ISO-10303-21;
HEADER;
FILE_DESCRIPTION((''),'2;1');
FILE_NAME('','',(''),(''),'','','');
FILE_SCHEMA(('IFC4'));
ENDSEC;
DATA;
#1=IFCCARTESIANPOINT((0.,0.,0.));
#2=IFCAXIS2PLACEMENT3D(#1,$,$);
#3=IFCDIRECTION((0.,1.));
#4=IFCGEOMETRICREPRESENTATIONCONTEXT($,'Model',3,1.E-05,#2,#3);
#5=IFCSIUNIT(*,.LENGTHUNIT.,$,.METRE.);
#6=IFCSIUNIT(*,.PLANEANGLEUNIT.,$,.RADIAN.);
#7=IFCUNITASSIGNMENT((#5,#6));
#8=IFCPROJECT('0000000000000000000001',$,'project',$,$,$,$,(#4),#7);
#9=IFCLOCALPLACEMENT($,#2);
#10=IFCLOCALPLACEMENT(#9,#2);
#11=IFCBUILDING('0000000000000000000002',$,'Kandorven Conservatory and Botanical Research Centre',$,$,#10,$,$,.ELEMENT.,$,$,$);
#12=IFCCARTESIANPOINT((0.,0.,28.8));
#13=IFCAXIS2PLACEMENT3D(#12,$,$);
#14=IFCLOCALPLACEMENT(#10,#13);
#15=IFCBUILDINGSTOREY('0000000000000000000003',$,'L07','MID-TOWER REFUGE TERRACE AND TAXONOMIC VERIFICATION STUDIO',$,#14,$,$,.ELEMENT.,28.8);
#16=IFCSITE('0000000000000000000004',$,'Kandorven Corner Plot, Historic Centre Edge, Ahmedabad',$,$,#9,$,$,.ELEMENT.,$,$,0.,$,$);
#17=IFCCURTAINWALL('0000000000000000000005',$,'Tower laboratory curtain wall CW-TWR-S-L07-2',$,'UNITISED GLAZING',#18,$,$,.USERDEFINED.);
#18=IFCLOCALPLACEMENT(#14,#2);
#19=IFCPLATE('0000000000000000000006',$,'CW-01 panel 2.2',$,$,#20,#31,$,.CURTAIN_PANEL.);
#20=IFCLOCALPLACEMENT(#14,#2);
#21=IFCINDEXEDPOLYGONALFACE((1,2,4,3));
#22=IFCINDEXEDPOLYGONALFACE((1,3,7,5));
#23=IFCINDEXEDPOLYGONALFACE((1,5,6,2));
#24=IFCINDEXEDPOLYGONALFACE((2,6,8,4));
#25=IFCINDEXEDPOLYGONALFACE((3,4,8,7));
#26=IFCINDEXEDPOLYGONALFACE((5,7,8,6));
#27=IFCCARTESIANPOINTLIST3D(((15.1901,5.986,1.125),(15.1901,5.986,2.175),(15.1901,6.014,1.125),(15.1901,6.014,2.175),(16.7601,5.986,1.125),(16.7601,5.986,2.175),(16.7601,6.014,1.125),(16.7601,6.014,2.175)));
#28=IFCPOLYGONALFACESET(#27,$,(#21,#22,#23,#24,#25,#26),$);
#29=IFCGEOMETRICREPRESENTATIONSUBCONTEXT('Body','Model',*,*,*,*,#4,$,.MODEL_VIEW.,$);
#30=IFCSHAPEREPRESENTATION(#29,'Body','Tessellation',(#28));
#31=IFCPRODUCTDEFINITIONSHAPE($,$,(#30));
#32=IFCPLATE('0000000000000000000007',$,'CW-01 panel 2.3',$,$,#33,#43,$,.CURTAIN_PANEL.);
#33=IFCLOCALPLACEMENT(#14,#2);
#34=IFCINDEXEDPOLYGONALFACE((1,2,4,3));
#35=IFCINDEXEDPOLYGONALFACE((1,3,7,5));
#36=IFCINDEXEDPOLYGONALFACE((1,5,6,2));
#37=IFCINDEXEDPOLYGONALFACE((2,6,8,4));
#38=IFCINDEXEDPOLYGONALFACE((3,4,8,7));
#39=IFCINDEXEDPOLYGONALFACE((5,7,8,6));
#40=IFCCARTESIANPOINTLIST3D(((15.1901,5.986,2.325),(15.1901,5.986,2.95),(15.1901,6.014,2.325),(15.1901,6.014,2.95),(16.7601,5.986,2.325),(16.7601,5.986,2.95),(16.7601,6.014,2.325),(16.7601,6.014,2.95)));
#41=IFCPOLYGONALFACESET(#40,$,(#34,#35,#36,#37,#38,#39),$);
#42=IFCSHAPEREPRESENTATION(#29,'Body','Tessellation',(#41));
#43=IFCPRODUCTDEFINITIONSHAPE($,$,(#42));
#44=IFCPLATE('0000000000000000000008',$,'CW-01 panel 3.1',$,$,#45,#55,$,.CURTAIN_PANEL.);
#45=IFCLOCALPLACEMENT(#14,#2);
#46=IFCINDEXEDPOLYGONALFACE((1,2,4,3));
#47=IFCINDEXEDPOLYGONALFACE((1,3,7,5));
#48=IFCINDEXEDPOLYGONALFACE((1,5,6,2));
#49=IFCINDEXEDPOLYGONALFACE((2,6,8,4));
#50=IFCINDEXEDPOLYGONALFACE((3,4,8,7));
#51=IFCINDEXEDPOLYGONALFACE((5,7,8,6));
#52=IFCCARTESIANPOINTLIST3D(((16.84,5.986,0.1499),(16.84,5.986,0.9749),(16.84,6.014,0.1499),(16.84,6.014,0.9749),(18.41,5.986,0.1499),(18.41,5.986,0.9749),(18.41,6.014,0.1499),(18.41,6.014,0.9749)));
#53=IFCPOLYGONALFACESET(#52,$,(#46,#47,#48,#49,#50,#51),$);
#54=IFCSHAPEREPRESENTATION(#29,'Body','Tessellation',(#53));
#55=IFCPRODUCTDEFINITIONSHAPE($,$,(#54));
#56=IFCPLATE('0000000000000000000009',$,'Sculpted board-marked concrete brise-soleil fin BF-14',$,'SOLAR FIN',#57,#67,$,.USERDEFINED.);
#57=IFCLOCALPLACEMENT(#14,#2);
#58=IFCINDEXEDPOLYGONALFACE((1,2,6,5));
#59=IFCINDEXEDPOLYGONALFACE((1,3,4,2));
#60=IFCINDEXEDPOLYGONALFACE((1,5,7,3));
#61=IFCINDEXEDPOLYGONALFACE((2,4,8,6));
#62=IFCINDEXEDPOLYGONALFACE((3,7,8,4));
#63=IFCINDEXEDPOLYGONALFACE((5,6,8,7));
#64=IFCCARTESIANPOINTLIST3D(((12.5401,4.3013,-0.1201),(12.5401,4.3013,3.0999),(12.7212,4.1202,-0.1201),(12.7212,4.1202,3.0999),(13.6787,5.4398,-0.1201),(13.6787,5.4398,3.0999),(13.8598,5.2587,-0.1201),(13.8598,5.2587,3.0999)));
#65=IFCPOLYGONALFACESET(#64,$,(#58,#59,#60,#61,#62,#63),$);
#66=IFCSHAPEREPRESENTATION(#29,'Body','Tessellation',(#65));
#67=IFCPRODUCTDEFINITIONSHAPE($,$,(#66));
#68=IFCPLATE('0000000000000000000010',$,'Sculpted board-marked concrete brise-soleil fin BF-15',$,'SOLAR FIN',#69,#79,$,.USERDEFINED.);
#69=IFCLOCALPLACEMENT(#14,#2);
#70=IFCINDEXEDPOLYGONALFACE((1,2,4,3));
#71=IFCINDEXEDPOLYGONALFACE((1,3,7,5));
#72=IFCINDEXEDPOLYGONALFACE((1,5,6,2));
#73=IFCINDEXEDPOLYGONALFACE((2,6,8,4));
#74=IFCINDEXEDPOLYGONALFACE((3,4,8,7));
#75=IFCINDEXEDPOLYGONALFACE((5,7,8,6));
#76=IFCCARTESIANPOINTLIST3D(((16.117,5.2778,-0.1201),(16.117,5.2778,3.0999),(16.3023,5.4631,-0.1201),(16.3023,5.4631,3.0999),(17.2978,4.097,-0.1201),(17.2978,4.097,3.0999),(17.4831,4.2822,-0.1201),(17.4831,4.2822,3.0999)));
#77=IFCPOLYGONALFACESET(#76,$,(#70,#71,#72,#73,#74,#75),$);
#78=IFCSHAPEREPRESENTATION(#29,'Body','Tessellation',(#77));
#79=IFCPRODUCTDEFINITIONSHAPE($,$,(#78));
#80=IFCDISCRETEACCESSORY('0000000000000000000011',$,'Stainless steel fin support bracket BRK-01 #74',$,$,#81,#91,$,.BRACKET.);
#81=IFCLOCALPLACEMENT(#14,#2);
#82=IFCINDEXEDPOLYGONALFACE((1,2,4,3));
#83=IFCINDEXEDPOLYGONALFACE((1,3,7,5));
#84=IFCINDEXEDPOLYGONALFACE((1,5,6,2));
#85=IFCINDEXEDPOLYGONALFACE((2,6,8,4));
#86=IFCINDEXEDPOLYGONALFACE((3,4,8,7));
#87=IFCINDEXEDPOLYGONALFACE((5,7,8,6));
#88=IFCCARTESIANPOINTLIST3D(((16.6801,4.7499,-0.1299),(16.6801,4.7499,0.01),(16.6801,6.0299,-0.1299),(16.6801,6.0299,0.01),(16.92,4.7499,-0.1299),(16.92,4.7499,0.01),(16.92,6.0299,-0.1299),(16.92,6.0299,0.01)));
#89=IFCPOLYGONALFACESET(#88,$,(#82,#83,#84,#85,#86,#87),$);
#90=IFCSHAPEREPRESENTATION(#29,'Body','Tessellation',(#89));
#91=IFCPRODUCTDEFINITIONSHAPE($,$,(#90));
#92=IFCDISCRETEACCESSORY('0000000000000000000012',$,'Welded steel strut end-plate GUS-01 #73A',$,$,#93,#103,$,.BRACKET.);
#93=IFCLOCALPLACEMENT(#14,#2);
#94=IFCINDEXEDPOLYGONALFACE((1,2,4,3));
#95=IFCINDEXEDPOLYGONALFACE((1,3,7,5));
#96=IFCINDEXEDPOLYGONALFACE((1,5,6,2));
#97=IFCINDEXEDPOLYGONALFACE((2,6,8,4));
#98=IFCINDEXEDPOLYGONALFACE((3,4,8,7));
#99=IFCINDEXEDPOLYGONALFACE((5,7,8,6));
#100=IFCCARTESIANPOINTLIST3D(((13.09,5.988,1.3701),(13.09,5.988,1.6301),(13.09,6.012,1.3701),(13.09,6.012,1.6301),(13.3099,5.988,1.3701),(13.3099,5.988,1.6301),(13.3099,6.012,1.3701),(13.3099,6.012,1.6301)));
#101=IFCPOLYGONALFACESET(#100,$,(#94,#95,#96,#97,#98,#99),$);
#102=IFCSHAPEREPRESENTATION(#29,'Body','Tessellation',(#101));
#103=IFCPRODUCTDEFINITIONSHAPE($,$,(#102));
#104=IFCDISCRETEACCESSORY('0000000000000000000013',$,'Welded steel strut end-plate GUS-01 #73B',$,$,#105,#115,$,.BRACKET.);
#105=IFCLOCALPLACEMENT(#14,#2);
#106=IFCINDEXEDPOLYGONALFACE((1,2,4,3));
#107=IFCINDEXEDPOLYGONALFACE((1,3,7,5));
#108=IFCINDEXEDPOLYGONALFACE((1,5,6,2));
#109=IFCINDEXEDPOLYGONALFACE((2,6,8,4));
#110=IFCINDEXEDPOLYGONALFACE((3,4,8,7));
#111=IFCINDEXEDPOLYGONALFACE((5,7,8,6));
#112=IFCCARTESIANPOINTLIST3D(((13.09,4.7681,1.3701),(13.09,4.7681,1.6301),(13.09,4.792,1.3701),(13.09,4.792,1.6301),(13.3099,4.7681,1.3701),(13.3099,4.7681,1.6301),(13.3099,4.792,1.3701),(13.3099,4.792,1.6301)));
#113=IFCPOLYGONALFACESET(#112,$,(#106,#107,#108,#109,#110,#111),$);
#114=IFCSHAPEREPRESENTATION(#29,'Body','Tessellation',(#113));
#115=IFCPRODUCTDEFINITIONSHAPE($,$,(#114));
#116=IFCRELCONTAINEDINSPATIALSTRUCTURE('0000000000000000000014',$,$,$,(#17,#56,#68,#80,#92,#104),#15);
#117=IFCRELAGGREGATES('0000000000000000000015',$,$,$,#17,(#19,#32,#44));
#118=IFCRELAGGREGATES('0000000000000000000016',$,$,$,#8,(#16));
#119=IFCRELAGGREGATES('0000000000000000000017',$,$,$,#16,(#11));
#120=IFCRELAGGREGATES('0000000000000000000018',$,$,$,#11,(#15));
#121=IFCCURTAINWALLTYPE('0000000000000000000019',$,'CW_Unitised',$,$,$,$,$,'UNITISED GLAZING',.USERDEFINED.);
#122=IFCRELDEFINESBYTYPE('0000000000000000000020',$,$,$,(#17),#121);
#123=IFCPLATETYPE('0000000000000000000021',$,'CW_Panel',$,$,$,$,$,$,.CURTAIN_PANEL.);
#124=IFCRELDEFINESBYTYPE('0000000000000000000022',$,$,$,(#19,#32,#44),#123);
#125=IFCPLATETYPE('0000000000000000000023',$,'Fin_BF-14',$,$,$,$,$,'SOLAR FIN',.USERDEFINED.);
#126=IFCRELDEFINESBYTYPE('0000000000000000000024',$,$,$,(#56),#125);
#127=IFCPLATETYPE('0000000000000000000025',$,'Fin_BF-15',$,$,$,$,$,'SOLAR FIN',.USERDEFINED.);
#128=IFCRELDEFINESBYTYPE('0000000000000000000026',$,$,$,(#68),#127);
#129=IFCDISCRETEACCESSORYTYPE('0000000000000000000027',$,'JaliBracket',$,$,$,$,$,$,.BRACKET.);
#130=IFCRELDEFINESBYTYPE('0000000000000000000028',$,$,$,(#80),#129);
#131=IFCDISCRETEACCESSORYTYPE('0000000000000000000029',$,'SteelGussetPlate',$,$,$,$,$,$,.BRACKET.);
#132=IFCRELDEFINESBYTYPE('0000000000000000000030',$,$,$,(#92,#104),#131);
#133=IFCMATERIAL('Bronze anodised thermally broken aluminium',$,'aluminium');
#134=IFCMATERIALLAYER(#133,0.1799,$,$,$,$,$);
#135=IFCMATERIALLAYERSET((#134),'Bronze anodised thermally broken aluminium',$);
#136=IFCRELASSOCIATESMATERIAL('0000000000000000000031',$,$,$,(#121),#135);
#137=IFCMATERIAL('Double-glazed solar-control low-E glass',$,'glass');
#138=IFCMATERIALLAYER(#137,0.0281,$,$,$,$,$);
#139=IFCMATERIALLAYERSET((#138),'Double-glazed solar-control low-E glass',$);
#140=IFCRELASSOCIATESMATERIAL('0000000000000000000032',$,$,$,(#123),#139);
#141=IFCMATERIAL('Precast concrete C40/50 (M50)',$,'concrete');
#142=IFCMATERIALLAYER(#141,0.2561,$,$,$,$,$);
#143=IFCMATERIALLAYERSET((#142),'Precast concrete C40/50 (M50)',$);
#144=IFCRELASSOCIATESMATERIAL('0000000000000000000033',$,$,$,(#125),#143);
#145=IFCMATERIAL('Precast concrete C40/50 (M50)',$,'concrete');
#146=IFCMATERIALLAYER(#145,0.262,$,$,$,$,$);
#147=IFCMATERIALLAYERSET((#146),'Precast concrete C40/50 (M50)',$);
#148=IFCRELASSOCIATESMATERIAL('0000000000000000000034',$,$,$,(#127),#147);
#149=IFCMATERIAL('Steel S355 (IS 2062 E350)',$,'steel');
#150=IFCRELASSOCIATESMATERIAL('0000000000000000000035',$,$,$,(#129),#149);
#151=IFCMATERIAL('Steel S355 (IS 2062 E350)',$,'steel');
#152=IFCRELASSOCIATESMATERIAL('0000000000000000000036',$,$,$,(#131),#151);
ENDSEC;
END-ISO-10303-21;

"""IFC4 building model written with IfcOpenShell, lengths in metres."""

from ifc_helpers import new_model, si_unit, direction, frame, origin, origin_2d, place, context, subcontext, project, spatial, rectangle, extrude, material, layer, layer_set, type_object, element, aggregate, save


model = new_model("IFC4")

# Units and contexts
model_context = context("Model", 3, precision=1e-05, world=origin(), true_north=direction((0.0, 1.0)))
body_context = subcontext(model_context, "Body", "Model", "MODEL_VIEW")
ifc_project = project(units=[si_unit("LENGTHUNIT", "METRE"), si_unit("PLANEANGLEUNIT", "RADIAN")], contexts=[model_context])

# Site, building, storey
site_placement = place(None, origin())
site = spatial("IfcSite", under=ifc_project, at=site_placement, Name="Kandorven Corner Plot, Historic Centre Edge, Ahmedabad", CompositionType="ELEMENT", RefElevation=0.0)
building_placement = place(site_placement, origin())
building = spatial("IfcBuilding", under=site, at=building_placement, Name="Kandorven Conservatory and Botanical Research Centre", CompositionType="ELEMENT")
storey_placement = place(building_placement, frame((0.0, 0.0, 28.8)))
storey = spatial("IfcBuildingStorey", under=building, at=storey_placement, Name="L07", Description="MID-TOWER REFUGE TERRACE AND TAXONOMIC VERIFICATION STUDIO", CompositionType="ELEMENT", Elevation=28.8)

# Curtain wall
ifc_material_1 = material(Name="Bronze anodised thermally broken aluminium", Category="aluminium")
ifc_layer_1 = layer(ifc_material_1, 0.1799)
ifc_layer_set_1 = layer_set([ifc_layer_1], Name="Bronze anodised thermally broken aluminium")
curtain_wall_type = type_object("IfcCurtainWallType", Name="CW_Unitised", ElementType="UNITISED GLAZING", PredefinedType="USERDEFINED", material=ifc_layer_set_1)
curtain_wall_placement = place(storey_placement, origin())
curtain_wall = element("IfcCurtainWall", 1, at=curtain_wall_placement, inside=storey, type_object=curtain_wall_type, Name="Tower laboratory curtain wall CW-TWR-S-L07-2", ObjectType="UNITISED GLAZING", PredefinedType="USERDEFINED")

# Plates
ifc_material_2 = material(Name="Double-glazed solar-control low-E glass", Category="glass")
ifc_layer_2 = layer(ifc_material_2, 0.0281)
ifc_layer_set_2 = layer_set([ifc_layer_2], Name="Double-glazed solar-control low-E glass")
plate_type_1 = type_object("IfcPlateType", Name="CW_Panel", PredefinedType="CURTAIN_PANEL", material=ifc_layer_set_2)
plate_1_placement = place(storey_placement, frame((15.9751, 6.0, 1.125), z_axis=(0.0, 0.0, 1.0), x_axis=(1.0, 0.0, 0.0)))
plate_1 = element("IfcPlate", 2, at=plate_1_placement, type_object=plate_type_1, Name="CW-01 panel 2.2", PredefinedType="CURTAIN_PANEL", context=body_context, shape_type="SweptSolid", body=[
    extrude(rectangle(XDim=1.5701, YDim=0.0281, at=origin_2d()), origin(), (0.0, 0.0, 1.0), 1.05),
])
plate_2_placement = place(storey_placement, frame((15.9751, 6.0, 2.325), z_axis=(0.0, 0.0, 1.0), x_axis=(1.0, 0.0, 0.0)))
plate_2 = element("IfcPlate", 3, at=plate_2_placement, type_object=plate_type_1, Name="CW-01 panel 2.3", PredefinedType="CURTAIN_PANEL", context=body_context, shape_type="SweptSolid", body=[
    extrude(rectangle(XDim=1.5701, YDim=0.0281, at=origin_2d()), origin(), (0.0, 0.0, 1.0), 0.625),
])
plate_3_placement = place(storey_placement, frame((17.625, 6.0, 0.1499), z_axis=(0.0, 0.0, 1.0), x_axis=(1.0, 0.0, 0.0)))
plate_3 = element("IfcPlate", 4, at=plate_3_placement, type_object=plate_type_1, Name="CW-01 panel 3.1", PredefinedType="CURTAIN_PANEL", context=body_context, shape_type="SweptSolid", body=[
    extrude(rectangle(XDim=1.5701, YDim=0.0281, at=origin_2d()), origin(), (0.0, 0.0, 1.0), 0.825),
])
aggregate(curtain_wall, [plate_1, plate_2, plate_3])

# Plates
ifc_material_3 = material(Name="Precast concrete C40/50 (M50)", Category="concrete")
ifc_layer_3 = layer(ifc_material_3, 0.2561)
ifc_layer_set_3 = layer_set([ifc_layer_3], Name="Precast concrete C40/50 (M50)")
plate_type_2 = type_object("IfcPlateType", Name="Fin_BF-14", ElementType="SOLAR FIN", PredefinedType="USERDEFINED", material=ifc_layer_set_3)
plate_4_placement = place(storey_placement, frame((13.2, 4.78, -0.1201), z_axis=(0.0, 0.0, 1.0), x_axis=(0.707107, 0.707107, 0.0)))
element("IfcPlate", 5, at=plate_4_placement, inside=storey, type_object=plate_type_2, Name="Sculpted board-marked concrete brise-soleil fin BF-14", ObjectType="SOLAR FIN", PredefinedType="USERDEFINED", context=body_context, shape_type="SweptSolid", body=[
    extrude(rectangle(XDim=1.6101, YDim=0.2561, at=origin_2d()), origin(), (0.0, 0.0, 1.0), 3.22),
])
ifc_material_4 = material(Name="Precast concrete C40/50 (M50)", Category="concrete")
ifc_layer_4 = layer(ifc_material_4, 0.262)
ifc_layer_set_4 = layer_set([ifc_layer_4], Name="Precast concrete C40/50 (M50)")
plate_type_3 = type_object("IfcPlateType", Name="Fin_BF-15", ElementType="SOLAR FIN", PredefinedType="USERDEFINED", material=ifc_layer_set_4)
plate_5_placement = place(storey_placement, frame((16.8, 4.78, -0.1201), z_axis=(0.0, 0.0, 1.0), x_axis=(-0.707107, 0.707107, 0.0)))
element("IfcPlate", 6, at=plate_5_placement, inside=storey, type_object=plate_type_3, Name="Sculpted board-marked concrete brise-soleil fin BF-15", ObjectType="SOLAR FIN", PredefinedType="USERDEFINED", context=body_context, shape_type="SweptSolid", body=[
    extrude(rectangle(XDim=1.6699, YDim=0.262, at=origin_2d()), origin(), (0.0, 0.0, 1.0), 3.22),
])

# Discrete accessories
ifc_material_5 = material(Name="Steel S355 (IS 2062 E350)", Category="steel")
discrete_accessory_type_1 = type_object("IfcDiscreteAccessoryType", Name="JaliBracket", PredefinedType="BRACKET", material=ifc_material_5)
discrete_accessory_placement = place(storey_placement, frame((16.8, 5.3899, -0.1299), z_axis=(0.0, 0.0, 1.0), x_axis=(1.0, 0.0, 0.0)))
element("IfcDiscreteAccessory", 7, at=discrete_accessory_placement, inside=storey, type_object=discrete_accessory_type_1, Name="Stainless steel fin support bracket BRK-01 #74", PredefinedType="BRACKET", context=body_context, shape_type="SweptSolid", body=[
    extrude(rectangle(XDim=0.24, YDim=1.28, at=origin_2d()), origin(), (0.0, 0.0, 1.0), 0.1399),
])
ifc_material_6 = material(Name="Steel S355 (IS 2062 E350)", Category="steel")
discrete_accessory_type_2 = type_object("IfcDiscreteAccessoryType", Name="SteelGussetPlate", PredefinedType="BRACKET", material=ifc_material_6)
for number, where, z_axis, x_axis, name in (
    (8, (13.2, 6.0, 1.3701), (0.0, 0.0, 1.0), (1.0, 0.0, 0.0), "Welded steel strut end-plate GUS-01 #73A"),
    (9, (13.2, 4.78, 1.3701), (0.0, 0.0, 1.0), (1.0, 0.0, 0.0), "Welded steel strut end-plate GUS-01 #73B"),
):
    element("IfcDiscreteAccessory", number, at=place(storey_placement, frame(where, z_axis=z_axis, x_axis=x_axis)), inside=storey, type_object=discrete_accessory_type_2, Name=name, PredefinedType="BRACKET", context=body_context, shape_type="SweptSolid", body=[
        extrude(rectangle(XDim=0.22, YDim=0.0239, at=origin_2d()), origin(), (0.0, 0.0, 1.0), 0.26),
    ])

save(model, "model.ifc")
